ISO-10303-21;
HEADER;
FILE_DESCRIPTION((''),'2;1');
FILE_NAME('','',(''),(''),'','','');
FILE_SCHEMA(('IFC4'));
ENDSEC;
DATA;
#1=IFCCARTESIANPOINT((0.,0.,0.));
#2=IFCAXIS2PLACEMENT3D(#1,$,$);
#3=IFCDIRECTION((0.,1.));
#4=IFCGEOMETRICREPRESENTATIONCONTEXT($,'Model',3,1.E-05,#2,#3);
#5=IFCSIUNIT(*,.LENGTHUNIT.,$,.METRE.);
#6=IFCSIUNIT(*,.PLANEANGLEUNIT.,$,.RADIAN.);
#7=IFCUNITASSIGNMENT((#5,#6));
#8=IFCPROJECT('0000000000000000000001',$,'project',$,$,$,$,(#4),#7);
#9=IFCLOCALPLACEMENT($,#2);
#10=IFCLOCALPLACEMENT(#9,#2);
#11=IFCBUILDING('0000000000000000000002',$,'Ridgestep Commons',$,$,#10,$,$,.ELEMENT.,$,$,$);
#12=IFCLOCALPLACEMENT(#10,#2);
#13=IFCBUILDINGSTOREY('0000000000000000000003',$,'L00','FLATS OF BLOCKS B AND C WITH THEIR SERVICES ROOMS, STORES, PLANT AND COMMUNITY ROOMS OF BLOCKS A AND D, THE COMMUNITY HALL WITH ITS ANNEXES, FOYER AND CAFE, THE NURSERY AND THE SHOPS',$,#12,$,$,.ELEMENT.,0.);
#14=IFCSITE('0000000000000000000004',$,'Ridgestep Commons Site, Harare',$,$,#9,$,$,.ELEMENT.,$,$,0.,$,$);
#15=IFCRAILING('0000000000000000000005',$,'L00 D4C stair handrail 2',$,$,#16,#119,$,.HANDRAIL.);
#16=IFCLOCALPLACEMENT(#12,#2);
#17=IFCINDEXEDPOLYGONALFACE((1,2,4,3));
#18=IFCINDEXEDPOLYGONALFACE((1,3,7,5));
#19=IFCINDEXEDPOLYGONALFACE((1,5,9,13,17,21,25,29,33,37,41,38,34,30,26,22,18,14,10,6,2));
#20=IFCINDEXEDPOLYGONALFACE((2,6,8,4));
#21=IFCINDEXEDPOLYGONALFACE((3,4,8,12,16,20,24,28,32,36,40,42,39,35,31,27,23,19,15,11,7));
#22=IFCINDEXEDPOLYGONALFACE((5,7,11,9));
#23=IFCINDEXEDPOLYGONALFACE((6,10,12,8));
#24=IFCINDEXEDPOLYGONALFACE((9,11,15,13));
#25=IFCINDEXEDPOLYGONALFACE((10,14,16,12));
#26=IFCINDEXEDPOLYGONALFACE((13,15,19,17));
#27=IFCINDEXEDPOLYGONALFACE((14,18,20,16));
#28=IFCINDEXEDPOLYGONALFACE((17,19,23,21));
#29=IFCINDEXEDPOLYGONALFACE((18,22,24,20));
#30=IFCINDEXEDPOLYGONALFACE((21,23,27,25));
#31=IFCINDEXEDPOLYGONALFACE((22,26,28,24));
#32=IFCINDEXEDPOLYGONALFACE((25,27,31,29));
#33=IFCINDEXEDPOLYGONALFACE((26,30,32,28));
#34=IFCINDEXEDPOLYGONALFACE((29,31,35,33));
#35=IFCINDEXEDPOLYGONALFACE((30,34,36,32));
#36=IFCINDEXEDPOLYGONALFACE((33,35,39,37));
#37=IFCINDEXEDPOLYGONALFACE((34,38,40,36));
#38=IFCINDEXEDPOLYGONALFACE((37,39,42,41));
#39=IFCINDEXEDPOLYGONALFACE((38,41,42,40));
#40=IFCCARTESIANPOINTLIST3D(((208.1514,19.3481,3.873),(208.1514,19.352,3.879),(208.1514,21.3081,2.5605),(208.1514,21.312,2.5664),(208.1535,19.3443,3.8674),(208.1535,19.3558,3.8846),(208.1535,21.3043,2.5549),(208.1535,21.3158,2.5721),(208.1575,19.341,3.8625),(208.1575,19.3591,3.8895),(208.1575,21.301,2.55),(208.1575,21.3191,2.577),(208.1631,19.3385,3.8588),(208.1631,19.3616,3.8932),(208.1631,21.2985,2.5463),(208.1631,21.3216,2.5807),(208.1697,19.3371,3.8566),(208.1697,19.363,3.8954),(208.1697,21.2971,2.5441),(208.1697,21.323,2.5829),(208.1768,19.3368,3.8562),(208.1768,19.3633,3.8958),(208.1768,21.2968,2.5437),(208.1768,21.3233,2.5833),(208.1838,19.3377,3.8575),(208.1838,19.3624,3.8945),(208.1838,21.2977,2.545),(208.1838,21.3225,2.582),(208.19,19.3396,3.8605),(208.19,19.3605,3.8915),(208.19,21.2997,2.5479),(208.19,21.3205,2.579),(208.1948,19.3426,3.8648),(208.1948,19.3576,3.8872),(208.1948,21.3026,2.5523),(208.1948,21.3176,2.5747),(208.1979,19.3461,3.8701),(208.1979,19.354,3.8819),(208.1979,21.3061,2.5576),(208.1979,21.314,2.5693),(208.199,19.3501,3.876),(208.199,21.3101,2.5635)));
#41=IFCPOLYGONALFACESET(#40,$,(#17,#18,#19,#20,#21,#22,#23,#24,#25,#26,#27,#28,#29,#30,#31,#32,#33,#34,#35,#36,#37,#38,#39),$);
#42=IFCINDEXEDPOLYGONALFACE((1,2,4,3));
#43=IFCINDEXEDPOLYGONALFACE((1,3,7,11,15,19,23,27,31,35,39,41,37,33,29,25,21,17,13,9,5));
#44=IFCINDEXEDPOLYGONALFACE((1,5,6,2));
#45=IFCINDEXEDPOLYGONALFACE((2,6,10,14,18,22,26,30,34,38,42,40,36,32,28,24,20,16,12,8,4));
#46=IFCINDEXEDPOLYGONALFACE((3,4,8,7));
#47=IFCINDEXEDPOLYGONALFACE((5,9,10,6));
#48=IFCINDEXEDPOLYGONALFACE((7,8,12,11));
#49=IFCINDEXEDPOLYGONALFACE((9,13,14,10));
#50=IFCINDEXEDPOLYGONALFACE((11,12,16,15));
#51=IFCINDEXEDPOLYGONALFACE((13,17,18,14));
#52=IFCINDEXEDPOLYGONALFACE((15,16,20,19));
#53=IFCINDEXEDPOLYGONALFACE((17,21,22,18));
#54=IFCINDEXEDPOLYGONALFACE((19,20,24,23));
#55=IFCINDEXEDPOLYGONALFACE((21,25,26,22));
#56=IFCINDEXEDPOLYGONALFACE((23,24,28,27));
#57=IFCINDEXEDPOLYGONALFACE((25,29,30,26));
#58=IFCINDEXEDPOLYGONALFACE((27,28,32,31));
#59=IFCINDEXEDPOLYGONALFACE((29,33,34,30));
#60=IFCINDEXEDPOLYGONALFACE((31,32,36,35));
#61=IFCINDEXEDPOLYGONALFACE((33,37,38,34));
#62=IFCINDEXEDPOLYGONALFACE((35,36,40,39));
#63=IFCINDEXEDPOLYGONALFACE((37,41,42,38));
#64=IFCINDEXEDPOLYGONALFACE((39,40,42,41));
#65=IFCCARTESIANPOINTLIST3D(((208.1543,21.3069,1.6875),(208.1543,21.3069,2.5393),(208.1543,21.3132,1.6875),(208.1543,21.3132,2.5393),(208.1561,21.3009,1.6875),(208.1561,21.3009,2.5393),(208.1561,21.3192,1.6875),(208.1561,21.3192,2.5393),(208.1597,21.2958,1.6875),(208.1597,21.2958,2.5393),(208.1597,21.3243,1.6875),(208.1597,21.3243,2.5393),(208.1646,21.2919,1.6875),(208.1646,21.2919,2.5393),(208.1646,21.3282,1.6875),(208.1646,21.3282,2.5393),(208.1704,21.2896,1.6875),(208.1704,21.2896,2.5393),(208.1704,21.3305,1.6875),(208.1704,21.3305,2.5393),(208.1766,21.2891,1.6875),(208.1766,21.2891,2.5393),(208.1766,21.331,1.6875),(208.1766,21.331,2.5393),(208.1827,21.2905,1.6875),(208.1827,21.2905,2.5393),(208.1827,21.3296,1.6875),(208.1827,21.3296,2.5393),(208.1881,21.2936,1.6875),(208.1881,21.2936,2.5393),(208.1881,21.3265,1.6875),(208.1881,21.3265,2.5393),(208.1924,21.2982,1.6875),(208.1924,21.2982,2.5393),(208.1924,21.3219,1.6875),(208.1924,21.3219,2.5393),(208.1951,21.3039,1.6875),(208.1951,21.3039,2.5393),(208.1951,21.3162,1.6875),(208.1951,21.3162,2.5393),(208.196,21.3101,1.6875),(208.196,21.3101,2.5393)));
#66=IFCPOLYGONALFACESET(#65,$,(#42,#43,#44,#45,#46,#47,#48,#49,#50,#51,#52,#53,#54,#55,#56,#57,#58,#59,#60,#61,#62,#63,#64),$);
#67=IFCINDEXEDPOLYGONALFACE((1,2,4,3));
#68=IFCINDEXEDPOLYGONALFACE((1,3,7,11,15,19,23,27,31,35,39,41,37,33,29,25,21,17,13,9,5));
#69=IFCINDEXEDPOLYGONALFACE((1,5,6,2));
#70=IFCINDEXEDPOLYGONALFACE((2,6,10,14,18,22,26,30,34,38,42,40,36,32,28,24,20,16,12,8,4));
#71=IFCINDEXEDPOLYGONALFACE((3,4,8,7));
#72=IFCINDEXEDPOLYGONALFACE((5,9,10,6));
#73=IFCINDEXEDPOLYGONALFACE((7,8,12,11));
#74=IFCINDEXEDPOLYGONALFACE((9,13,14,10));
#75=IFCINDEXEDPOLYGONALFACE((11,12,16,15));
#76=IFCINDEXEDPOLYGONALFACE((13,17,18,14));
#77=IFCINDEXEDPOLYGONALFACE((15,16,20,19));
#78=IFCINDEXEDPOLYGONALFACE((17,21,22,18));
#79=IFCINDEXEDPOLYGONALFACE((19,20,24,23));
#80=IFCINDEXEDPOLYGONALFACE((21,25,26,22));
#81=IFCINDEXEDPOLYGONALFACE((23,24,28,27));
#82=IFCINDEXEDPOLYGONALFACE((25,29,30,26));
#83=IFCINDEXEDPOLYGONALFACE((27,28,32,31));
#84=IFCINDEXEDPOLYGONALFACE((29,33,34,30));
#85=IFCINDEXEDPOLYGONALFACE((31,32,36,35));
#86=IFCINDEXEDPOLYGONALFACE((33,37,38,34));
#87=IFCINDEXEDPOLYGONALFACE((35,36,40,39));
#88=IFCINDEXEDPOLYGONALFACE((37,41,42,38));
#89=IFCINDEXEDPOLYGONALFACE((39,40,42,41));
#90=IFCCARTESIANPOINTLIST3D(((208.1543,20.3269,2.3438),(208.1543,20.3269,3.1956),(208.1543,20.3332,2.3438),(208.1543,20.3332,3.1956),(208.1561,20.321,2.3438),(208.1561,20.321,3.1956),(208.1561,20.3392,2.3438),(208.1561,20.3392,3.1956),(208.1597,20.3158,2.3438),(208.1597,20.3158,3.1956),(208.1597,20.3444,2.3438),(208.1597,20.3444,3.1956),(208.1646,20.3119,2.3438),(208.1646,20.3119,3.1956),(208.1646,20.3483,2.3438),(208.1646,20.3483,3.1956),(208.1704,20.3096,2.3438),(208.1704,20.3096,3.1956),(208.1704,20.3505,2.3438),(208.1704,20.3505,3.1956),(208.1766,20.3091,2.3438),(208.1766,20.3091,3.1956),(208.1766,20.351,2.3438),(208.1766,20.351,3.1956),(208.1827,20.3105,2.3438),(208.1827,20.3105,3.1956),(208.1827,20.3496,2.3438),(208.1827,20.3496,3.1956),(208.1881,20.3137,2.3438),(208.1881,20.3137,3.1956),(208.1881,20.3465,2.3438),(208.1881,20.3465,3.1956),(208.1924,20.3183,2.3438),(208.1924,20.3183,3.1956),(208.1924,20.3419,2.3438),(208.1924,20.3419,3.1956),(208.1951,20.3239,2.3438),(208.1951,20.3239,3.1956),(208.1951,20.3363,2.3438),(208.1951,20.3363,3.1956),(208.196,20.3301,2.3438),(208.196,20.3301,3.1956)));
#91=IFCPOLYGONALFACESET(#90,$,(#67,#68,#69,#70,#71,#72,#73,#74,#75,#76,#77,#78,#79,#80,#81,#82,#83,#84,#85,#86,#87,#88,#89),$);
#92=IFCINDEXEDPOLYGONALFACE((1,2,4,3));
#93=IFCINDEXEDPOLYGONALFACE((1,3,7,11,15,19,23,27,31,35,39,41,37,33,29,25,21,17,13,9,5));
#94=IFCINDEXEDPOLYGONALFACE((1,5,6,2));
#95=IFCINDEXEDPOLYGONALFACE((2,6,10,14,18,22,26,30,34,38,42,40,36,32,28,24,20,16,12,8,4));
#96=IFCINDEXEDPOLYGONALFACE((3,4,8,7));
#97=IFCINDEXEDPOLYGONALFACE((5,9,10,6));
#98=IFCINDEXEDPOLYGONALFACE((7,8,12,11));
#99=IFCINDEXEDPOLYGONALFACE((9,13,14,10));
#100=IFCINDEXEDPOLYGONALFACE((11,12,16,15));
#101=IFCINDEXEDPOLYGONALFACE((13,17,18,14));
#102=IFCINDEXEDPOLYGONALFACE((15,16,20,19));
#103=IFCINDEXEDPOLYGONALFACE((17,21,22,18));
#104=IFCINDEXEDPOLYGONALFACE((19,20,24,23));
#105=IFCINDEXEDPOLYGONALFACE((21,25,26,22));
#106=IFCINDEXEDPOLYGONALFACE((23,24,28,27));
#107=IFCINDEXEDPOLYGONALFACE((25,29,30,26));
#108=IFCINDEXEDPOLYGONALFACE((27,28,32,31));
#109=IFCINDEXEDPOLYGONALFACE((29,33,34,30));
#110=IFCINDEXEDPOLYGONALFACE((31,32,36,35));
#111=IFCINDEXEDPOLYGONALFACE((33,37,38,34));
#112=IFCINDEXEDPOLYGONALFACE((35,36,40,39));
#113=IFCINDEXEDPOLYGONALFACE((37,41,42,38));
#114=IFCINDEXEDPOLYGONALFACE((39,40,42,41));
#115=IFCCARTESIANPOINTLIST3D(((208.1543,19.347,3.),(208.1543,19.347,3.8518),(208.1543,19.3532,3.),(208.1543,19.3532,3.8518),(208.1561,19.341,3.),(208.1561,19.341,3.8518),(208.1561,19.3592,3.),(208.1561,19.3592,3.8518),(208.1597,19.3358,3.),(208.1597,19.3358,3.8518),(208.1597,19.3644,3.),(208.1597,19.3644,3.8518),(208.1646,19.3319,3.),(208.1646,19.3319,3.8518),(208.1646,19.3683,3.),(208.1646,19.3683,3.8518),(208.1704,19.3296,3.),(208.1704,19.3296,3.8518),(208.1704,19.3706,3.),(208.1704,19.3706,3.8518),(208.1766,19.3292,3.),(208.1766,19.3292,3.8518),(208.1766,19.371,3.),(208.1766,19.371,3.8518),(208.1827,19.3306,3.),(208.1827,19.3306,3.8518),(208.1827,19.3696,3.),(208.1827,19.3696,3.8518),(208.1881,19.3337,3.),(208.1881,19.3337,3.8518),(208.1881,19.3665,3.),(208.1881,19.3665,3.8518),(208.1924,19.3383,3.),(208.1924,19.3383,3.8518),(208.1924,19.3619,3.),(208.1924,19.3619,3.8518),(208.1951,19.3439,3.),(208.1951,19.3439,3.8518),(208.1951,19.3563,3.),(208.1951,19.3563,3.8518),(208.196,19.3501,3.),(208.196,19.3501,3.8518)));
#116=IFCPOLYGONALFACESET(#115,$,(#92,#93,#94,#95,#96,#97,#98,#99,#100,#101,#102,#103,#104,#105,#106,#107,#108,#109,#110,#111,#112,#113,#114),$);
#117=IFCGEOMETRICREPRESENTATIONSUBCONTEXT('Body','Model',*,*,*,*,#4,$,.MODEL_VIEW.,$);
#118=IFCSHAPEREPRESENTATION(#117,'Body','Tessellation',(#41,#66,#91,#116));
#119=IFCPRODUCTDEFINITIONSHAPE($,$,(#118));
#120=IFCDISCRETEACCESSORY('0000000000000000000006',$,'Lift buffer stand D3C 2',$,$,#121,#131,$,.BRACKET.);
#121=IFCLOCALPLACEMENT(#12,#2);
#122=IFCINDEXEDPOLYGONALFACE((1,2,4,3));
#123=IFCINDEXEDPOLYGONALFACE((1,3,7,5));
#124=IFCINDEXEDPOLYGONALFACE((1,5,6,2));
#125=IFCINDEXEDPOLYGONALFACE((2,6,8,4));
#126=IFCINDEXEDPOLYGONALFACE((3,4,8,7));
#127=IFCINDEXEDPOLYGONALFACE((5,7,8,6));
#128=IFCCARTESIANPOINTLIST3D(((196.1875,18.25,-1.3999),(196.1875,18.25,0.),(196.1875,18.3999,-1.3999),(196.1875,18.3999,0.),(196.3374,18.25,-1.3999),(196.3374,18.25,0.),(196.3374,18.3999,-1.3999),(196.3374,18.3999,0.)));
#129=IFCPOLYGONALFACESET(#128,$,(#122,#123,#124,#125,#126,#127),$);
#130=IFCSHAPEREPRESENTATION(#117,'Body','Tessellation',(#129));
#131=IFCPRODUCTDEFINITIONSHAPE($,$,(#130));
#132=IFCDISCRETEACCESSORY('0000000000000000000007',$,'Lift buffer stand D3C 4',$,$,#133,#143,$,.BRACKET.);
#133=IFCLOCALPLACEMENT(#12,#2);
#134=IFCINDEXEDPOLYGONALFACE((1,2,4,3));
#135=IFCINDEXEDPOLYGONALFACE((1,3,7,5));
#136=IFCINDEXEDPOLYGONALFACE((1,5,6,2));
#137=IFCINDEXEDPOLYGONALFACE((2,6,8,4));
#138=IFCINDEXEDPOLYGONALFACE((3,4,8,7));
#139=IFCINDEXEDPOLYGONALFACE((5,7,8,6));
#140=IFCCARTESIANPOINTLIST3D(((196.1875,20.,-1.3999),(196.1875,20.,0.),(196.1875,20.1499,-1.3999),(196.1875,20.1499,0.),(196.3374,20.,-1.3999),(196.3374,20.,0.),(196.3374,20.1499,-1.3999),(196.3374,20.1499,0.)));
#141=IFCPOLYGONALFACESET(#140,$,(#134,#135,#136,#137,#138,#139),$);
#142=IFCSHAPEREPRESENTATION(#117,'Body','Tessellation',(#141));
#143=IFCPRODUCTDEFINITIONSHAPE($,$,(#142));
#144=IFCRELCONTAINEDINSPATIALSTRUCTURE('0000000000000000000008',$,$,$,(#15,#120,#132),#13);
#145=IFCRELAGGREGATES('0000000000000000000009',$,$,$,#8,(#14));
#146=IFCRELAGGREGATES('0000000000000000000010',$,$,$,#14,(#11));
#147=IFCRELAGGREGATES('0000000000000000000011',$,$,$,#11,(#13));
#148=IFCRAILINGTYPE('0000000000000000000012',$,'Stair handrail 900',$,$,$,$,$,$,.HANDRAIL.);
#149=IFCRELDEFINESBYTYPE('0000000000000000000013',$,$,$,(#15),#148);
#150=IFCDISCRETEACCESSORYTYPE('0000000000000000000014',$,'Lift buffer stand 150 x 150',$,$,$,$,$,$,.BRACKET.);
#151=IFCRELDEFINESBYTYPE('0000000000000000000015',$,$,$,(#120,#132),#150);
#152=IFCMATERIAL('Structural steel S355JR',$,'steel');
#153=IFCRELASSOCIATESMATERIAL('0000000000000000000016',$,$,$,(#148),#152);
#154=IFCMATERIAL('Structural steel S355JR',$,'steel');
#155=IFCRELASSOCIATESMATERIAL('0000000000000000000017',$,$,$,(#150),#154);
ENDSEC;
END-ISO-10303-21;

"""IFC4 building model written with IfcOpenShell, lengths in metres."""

from ifc_helpers import new_model, si_unit, direction, frame, origin, origin_2d, place, context, subcontext, project, spatial, rectangle, circle, extrude, material, type_object, element, save


model = new_model("IFC4")

# Units and contexts
model_context = context("Model", 3, precision=1e-05, world=origin(), true_north=direction((0.0, 1.0)))
body_context = subcontext(model_context, "Body", "Model", "MODEL_VIEW")
ifc_project = project(units=[si_unit("LENGTHUNIT", "METRE"), si_unit("PLANEANGLEUNIT", "RADIAN")], contexts=[model_context])

# Site, building, storey
site_placement = place(None, origin())
site = spatial("IfcSite", under=ifc_project, at=site_placement, Name="Ridgestep Commons Site, Harare", CompositionType="ELEMENT", RefElevation=0.0)
building_placement = place(site_placement, origin())
building = spatial("IfcBuilding", under=site, at=building_placement, Name="Ridgestep Commons", CompositionType="ELEMENT")
storey_placement = place(building_placement, origin())
storey = spatial("IfcBuildingStorey", under=building, at=storey_placement, Name="L00", Description="FLATS OF BLOCKS B AND C WITH THEIR SERVICES ROOMS, STORES, PLANT AND COMMUNITY ROOMS OF BLOCKS A AND D, THE COMMUNITY HALL WITH ITS ANNEXES, FOYER AND CAFE, THE NURSERY AND THE SHOPS", CompositionType="ELEMENT", Elevation=0.0)

# Railing
ifc_material_1 = material(Name="Structural steel S355JR", Category="steel")
railing_type_1 = type_object("IfcRailingType", Name="Stair handrail 900", PredefinedType="HANDRAIL", material=ifc_material_1)
railing_1_placement = place(storey_placement, frame((208.175, 21.3101, 1.6875)))
element("IfcRailing", 1, at=railing_1_placement, inside=storey, type_object=railing_type_1, Name="L00 D4C stair handrail 2", PredefinedType="HANDRAIL", context=body_context, shape_type="SweptSolid", body=[
    extrude(circle(Radius=0.0239, at=origin_2d()), frame((0.0, 0.0, 0.876), z_axis=(0.0, -0.830902, 0.556419), x_axis=(1.0, 0.0, 0.0)), (0.0, 0.0, 1.0), 2.3589),
    extrude(circle(Radius=0.021, at=origin_2d()), origin(), (0.0, 0.0, 1.0), 0.8518),
    extrude(circle(Radius=0.021, at=origin_2d()), frame((0.0, -0.98, 0.6562)), (0.0, 0.0, 1.0), 0.8518),
    extrude(circle(Radius=0.021, at=origin_2d()), frame((0.0, -1.96, 1.3125)), (0.0, 0.0, 1.0), 0.8518),
])

# Discrete accessories
ifc_material_2 = material(Name="Structural steel S355JR", Category="steel")
discrete_accessory_type = type_object("IfcDiscreteAccessoryType", Name="Lift buffer stand 150 x 150", PredefinedType="BRACKET", material=ifc_material_2)
for number, where, z_axis, x_axis, name in (
    (2, (196.2625, 18.325, -1.3999), (0.0, 0.0, 1.0), (1.0, 0.0, 0.0), "Lift buffer stand D3C 2"),
    (3, (196.2625, 20.075, -1.3999), (0.0, 0.0, 1.0), (1.0, 0.0, 0.0), "Lift buffer stand D3C 4"),
):
    element("IfcDiscreteAccessory", number, at=place(storey_placement, frame(where, z_axis=z_axis, x_axis=x_axis)), inside=storey, type_object=discrete_accessory_type, Name=name, PredefinedType="BRACKET", context=body_context, shape_type="SweptSolid", body=[
        extrude(rectangle(XDim=0.1499, YDim=0.1499, at=origin_2d()), origin(), (0.0, 0.0, 1.0), 1.3999),
    ])

save(model, "model.ifc")
